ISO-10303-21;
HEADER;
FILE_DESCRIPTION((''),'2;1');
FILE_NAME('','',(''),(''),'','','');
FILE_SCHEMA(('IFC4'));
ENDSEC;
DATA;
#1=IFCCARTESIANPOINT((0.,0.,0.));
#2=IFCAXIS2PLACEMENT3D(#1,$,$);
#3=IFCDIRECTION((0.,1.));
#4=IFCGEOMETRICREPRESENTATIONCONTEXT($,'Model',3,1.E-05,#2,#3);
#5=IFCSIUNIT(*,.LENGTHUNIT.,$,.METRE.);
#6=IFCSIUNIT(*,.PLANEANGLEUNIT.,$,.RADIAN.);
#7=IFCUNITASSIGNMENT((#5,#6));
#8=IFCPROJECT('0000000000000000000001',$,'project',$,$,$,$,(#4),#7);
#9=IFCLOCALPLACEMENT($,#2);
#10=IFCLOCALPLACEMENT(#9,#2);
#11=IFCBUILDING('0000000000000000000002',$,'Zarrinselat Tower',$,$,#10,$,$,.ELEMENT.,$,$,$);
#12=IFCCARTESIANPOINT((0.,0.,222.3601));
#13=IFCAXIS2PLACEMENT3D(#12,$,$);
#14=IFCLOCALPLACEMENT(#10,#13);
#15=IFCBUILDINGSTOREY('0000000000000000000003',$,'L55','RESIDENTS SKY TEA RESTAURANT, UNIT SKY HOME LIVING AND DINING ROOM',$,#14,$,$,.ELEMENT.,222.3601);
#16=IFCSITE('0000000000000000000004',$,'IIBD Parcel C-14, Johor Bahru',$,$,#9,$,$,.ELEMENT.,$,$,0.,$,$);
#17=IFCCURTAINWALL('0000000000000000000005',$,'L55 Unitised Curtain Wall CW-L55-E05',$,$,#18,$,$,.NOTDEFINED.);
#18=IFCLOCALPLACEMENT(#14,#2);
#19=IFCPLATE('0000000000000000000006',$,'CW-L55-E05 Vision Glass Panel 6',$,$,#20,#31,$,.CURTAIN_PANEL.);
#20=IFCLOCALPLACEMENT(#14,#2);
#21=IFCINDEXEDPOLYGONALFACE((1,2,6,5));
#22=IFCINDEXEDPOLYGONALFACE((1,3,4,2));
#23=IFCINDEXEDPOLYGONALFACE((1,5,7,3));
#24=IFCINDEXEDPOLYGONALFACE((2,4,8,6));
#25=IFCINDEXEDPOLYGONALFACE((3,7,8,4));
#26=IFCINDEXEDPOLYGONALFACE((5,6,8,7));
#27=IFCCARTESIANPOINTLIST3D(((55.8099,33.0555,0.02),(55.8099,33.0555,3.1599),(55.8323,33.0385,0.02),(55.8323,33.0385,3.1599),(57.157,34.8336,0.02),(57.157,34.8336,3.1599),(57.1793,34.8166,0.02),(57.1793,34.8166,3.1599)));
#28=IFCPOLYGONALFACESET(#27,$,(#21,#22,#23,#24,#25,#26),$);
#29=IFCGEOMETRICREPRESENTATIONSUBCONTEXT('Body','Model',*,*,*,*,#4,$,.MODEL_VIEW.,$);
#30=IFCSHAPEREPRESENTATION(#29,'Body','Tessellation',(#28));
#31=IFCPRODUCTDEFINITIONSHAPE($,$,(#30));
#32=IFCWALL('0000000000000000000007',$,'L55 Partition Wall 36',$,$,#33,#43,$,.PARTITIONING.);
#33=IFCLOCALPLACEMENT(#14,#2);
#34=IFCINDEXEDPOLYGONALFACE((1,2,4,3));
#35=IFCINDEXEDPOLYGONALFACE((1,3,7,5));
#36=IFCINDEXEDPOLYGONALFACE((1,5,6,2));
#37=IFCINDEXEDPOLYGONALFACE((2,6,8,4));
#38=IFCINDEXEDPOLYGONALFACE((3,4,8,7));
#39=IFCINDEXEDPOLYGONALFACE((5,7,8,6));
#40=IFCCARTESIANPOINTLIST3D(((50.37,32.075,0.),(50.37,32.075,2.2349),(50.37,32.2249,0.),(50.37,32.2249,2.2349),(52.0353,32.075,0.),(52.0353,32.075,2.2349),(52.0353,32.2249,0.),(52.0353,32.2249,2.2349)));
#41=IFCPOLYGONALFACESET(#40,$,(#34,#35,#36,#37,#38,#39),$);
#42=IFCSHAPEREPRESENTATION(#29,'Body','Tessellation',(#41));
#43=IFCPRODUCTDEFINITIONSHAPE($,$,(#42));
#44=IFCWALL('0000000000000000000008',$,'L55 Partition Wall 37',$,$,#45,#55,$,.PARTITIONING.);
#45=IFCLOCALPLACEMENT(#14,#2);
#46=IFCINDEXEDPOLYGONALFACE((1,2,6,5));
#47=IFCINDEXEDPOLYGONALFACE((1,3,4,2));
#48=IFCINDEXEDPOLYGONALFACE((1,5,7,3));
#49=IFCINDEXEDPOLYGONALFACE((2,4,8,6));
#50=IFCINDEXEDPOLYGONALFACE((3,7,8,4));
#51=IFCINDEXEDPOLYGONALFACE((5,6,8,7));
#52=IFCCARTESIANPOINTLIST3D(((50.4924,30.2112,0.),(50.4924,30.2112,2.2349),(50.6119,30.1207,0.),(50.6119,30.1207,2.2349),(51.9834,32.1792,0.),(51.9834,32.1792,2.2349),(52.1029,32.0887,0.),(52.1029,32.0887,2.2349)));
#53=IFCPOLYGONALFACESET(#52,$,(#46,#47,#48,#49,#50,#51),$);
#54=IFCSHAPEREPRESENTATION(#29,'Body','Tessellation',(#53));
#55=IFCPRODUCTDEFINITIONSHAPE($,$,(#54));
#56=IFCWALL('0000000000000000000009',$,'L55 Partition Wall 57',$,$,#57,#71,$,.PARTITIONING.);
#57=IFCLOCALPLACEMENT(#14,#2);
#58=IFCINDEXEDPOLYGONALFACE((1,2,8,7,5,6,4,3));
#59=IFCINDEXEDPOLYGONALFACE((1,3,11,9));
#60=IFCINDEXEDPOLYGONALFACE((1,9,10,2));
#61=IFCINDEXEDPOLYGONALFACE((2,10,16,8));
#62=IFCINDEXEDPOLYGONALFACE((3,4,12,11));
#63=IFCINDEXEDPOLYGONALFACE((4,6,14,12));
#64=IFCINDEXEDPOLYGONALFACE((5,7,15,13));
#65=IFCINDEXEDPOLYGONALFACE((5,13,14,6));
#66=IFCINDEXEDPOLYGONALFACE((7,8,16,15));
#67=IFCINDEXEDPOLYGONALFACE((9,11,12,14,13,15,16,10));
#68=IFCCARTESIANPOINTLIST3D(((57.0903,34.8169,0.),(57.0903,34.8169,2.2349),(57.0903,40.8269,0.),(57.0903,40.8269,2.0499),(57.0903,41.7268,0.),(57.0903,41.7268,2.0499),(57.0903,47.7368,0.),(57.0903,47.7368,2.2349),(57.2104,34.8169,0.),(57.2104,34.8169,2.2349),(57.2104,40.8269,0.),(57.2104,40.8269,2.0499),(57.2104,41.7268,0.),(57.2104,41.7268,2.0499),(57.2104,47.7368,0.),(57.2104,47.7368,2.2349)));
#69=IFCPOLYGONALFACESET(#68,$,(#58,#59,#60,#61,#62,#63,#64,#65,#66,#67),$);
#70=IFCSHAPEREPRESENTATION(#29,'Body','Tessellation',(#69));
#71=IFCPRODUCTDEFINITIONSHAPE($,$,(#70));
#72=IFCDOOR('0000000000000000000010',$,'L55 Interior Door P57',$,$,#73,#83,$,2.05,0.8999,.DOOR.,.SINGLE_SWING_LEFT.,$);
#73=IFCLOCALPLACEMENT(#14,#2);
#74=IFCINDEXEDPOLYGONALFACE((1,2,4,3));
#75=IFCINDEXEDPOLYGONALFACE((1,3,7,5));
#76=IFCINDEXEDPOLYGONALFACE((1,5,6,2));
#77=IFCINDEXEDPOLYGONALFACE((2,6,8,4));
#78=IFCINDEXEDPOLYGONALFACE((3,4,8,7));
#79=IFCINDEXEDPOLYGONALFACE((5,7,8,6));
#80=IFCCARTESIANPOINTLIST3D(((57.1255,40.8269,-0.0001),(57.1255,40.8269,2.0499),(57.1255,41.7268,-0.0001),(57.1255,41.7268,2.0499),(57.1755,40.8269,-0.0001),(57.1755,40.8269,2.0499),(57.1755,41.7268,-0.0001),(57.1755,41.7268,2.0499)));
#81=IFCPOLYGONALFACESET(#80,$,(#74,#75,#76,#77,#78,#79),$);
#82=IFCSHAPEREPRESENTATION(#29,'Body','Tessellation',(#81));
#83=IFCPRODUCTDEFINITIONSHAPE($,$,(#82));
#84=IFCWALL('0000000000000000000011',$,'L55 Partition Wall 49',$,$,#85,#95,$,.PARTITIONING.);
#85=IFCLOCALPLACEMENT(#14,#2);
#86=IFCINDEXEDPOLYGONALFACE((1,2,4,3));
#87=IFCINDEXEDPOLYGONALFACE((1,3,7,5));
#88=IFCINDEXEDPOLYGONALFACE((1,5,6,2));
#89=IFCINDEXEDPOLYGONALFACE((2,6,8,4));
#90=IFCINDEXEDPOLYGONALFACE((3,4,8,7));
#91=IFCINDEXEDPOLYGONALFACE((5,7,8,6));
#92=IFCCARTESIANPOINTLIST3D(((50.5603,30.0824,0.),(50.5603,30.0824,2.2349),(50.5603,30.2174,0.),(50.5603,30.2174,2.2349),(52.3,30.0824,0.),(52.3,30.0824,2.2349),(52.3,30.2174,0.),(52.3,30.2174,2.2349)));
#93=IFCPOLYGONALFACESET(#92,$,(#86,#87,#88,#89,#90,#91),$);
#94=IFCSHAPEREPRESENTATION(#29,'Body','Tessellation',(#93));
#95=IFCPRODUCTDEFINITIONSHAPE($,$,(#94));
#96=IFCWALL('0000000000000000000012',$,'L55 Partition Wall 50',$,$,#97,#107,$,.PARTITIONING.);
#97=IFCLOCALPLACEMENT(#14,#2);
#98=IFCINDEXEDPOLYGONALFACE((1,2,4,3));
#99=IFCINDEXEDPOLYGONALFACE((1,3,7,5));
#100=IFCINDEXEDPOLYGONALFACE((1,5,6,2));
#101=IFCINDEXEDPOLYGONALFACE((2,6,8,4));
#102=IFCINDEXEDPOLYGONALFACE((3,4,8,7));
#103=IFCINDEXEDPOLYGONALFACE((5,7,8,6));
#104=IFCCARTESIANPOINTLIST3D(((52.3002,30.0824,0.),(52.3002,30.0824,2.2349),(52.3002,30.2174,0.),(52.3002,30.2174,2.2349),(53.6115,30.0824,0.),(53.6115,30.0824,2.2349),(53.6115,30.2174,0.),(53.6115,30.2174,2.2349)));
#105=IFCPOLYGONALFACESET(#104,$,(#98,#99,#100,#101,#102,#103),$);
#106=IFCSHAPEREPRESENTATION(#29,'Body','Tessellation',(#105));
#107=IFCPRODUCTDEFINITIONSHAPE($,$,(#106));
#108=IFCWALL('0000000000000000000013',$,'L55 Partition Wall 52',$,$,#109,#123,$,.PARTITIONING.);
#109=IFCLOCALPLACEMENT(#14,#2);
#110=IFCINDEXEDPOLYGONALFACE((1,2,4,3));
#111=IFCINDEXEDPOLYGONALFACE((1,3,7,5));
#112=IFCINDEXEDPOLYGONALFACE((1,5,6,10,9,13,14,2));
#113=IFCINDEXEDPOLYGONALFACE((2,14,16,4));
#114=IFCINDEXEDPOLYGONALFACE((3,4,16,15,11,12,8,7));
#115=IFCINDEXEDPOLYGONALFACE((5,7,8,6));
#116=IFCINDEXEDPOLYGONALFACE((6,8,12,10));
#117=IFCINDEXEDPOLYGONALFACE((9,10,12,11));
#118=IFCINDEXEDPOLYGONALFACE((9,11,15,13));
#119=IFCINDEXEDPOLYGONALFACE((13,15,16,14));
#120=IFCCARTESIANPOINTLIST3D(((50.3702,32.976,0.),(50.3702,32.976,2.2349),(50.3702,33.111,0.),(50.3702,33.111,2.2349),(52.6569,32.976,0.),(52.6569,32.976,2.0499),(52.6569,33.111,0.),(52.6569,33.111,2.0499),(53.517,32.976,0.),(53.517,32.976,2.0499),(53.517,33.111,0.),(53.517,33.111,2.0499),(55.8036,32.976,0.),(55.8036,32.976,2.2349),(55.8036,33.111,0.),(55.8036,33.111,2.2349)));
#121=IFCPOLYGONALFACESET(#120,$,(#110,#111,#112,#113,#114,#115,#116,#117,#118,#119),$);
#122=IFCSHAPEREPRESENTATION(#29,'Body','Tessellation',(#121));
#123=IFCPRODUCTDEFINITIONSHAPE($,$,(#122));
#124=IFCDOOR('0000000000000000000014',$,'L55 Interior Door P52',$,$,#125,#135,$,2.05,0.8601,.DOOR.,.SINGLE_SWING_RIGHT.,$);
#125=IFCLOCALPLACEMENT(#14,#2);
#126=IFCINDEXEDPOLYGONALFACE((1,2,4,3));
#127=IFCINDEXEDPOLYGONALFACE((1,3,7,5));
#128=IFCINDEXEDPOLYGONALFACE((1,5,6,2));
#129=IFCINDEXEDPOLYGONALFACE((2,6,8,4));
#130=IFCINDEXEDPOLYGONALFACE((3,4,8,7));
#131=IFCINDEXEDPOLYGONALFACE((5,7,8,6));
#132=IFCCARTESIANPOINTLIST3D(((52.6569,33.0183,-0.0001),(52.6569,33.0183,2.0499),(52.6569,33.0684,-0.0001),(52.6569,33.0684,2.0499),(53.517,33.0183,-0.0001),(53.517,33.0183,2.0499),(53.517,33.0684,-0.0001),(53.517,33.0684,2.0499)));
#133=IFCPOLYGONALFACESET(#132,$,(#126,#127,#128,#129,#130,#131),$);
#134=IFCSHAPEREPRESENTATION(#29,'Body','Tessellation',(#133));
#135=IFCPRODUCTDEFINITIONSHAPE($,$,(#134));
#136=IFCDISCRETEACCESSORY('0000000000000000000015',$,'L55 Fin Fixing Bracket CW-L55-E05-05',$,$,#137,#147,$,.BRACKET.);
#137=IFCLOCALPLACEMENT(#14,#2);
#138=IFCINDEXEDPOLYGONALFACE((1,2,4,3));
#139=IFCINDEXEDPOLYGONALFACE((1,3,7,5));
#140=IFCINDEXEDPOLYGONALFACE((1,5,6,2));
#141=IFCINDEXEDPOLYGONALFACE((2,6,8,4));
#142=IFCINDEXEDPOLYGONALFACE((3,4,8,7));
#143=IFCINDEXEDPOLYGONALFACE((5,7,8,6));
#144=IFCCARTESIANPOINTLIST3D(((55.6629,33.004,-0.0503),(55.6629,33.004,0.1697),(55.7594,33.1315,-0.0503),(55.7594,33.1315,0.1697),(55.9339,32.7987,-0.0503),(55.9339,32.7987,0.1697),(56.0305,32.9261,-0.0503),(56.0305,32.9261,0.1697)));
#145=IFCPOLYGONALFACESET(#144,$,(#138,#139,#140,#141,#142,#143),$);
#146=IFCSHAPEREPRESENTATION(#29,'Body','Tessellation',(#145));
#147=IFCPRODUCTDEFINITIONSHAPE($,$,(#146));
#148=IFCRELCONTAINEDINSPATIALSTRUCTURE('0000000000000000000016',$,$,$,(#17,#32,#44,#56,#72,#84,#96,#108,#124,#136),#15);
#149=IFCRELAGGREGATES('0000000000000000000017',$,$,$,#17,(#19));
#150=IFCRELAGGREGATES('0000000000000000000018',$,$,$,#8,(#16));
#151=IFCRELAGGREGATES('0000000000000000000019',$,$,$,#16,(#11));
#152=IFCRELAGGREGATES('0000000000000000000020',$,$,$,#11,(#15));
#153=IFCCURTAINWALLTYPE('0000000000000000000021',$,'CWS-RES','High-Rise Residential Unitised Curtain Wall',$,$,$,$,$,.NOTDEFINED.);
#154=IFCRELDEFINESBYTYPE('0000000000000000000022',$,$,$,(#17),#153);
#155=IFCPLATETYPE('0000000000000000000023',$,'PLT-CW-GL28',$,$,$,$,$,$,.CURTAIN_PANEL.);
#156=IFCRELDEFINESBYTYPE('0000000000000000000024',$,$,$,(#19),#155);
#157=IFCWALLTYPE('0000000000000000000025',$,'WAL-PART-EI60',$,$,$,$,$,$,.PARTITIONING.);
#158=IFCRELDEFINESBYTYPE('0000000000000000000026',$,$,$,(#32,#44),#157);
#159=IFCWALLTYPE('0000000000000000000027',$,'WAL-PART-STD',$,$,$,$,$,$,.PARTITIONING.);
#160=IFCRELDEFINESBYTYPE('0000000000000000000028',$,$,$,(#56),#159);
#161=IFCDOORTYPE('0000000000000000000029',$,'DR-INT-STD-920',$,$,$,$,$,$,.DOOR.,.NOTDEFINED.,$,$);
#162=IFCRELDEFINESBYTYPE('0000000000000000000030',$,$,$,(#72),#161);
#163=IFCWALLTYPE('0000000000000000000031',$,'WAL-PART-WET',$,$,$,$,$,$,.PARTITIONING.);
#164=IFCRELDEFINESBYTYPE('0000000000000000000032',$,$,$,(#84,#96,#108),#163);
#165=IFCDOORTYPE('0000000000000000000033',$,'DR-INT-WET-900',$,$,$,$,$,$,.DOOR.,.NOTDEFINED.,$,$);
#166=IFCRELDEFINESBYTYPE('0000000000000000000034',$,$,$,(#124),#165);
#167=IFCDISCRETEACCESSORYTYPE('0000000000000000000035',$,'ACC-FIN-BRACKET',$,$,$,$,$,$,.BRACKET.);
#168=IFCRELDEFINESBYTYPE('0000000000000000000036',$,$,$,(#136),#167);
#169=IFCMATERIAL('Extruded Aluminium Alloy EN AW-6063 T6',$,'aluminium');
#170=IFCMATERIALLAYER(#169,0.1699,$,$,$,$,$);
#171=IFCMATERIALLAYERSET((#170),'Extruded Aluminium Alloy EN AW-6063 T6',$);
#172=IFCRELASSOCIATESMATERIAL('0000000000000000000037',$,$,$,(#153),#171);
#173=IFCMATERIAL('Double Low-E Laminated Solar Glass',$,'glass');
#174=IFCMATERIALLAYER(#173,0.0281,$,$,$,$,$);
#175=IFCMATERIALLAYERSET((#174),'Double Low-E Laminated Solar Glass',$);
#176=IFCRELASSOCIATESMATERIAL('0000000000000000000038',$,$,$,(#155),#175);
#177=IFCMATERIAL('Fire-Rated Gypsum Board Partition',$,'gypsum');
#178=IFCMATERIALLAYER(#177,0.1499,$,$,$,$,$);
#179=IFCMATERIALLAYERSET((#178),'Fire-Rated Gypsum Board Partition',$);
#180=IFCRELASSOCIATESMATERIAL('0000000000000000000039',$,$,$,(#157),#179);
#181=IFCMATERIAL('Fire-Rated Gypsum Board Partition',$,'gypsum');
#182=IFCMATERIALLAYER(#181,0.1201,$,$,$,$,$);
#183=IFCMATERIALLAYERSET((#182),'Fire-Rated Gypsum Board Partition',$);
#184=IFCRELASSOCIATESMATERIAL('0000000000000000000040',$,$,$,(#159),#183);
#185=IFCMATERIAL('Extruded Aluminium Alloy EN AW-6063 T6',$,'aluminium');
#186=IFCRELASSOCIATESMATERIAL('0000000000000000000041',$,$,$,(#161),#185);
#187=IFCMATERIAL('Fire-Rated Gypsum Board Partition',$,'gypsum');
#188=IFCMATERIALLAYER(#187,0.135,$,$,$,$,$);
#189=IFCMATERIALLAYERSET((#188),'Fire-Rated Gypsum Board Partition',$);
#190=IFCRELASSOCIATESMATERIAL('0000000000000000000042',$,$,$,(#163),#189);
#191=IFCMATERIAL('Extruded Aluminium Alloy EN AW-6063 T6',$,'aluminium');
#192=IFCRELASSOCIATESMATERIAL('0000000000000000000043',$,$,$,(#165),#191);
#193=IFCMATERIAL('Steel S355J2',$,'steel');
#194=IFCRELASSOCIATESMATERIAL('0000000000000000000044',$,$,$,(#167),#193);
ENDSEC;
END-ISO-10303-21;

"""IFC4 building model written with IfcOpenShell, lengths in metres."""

from ifc_helpers import new_model, si_unit, direction, frame, frame_2d, origin, origin_2d, place, context, subcontext, project, spatial, rectangle, extrude, material, layer, layer_set, type_object, element, fill, aggregate, save


model = new_model("IFC4")

# Units and contexts
model_context = context("Model", 3, precision=1e-05, world=origin(), true_north=direction((0.0, 1.0)))
body_context = subcontext(model_context, "Body", "Model", "MODEL_VIEW")
ifc_project = project(units=[si_unit("LENGTHUNIT", "METRE"), si_unit("PLANEANGLEUNIT", "RADIAN")], contexts=[model_context])

# Site, building, storey
site_placement = place(None, origin())
site = spatial("IfcSite", under=ifc_project, at=site_placement, Name="IIBD Parcel C-14, Johor Bahru", CompositionType="ELEMENT", RefElevation=0.0)
building_placement = place(site_placement, origin())
building = spatial("IfcBuilding", under=site, at=building_placement, Name="Zarrinselat Tower", CompositionType="ELEMENT")
storey_placement = place(building_placement, frame((0.0, 0.0, 222.3601)))
storey = spatial("IfcBuildingStorey", under=building, at=storey_placement, Name="L55", Description="RESIDENTS SKY TEA RESTAURANT, UNIT SKY HOME LIVING AND DINING ROOM", CompositionType="ELEMENT", Elevation=222.3601)

# Curtain wall, plate
ifc_material_1 = material(Name="Extruded Aluminium Alloy EN AW-6063 T6", Category="aluminium")
ifc_layer_1 = layer(ifc_material_1, 0.1699)
ifc_layer_set_1 = layer_set([ifc_layer_1], Name="Extruded Aluminium Alloy EN AW-6063 T6")
curtain_wall_type = type_object("IfcCurtainWallType", Name="CWS-RES", Description="High-Rise Residential Unitised Curtain Wall", PredefinedType="NOTDEFINED", material=ifc_layer_set_1)
curtain_wall_placement = place(storey_placement, origin())
curtain_wall = element("IfcCurtainWall", 1, at=curtain_wall_placement, inside=storey, type_object=curtain_wall_type, Name="L55 Unitised Curtain Wall CW-L55-E05", PredefinedType="NOTDEFINED")
ifc_material_2 = material(Name="Double Low-E Laminated Solar Glass", Category="glass")
ifc_layer_2 = layer(ifc_material_2, 0.0281)
ifc_layer_set_2 = layer_set([ifc_layer_2], Name="Double Low-E Laminated Solar Glass")
plate_type = type_object("IfcPlateType", Name="PLT-CW-GL28", PredefinedType="CURTAIN_PANEL", material=ifc_layer_set_2)
plate_1_placement = place(storey_placement, frame((56.4946, 33.936, 0.02), z_axis=(0.0, 0.0, 1.0), x_axis=(0.603859, 0.797091, 0.0)))
plate_1 = element("IfcPlate", 2, at=plate_1_placement, type_object=plate_type, Name="CW-L55-E05 Vision Glass Panel 6", PredefinedType="CURTAIN_PANEL", context=body_context, shape_type="SweptSolid", body=[
    extrude(rectangle(XDim=2.2307, YDim=0.0281, at=origin_2d()), origin(), (0.0, 0.0, 1.0), 3.1399),
])
aggregate(curtain_wall, [plate_1])

# Walls
ifc_material_3 = material(Name="Fire-Rated Gypsum Board Partition", Category="gypsum")
ifc_layer_3 = layer(ifc_material_3, 0.1499)
ifc_layer_set_3 = layer_set([ifc_layer_3], Name="Fire-Rated Gypsum Board Partition")
wall_type_1 = type_object("IfcWallType", Name="WAL-PART-EI60", PredefinedType="PARTITIONING", material=ifc_layer_set_3)
wall_1_placement = place(storey_placement, frame((50.3701, 32.1499, 0.0), z_axis=(0.0, 0.0, 1.0), x_axis=(1.0, 0.0, 0.0)))
element("IfcWall", 3, at=wall_1_placement, inside=storey, type_object=wall_type_1, Name="L55 Partition Wall 36", PredefinedType="PARTITIONING", context=body_context, shape_type="SweptSolid", body=[
    extrude(rectangle(XDim=1.6653, YDim=0.1499, at=frame_2d((0.8325, 0.0))), origin(), (0.0, 0.0, 1.0), 2.2349),
])
wall_2_placement = place(storey_placement, frame((50.5522, 30.166, 0.0), z_axis=(0.0, 0.0, 1.0), x_axis=(0.603869, 0.797083, 0.0)))
element("IfcWall", 4, at=wall_2_placement, inside=storey, type_object=wall_type_1, Name="L55 Partition Wall 37", PredefinedType="PARTITIONING", context=body_context, shape_type="SweptSolid", body=[
    extrude(rectangle(XDim=2.469, YDim=0.1499, at=frame_2d((1.2344, 0.0))), origin(), (0.0, 0.0, 1.0), 2.2349),
])

# Wall, opening, door
ifc_material_4 = material(Name="Fire-Rated Gypsum Board Partition", Category="gypsum")
ifc_layer_4 = layer(ifc_material_4, 0.1201)
ifc_layer_set_4 = layer_set([ifc_layer_4], Name="Fire-Rated Gypsum Board Partition")
wall_type_2 = type_object("IfcWallType", Name="WAL-PART-STD", PredefinedType="PARTITIONING", material=ifc_layer_set_4)
wall_3_placement = place(storey_placement, frame((57.1504, 34.8169, 0.0), z_axis=(0.0, 0.0, 1.0), x_axis=(0.0, 1.0, 0.0)))
wall_3 = element("IfcWall", 5, at=wall_3_placement, inside=storey, type_object=wall_type_2, Name="L55 Partition Wall 57", PredefinedType="PARTITIONING", context=body_context, shape_type="SweptSolid", body=[
    extrude(rectangle(XDim=12.9199, YDim=0.1201, at=frame_2d((6.46, 0.0))), origin(), (0.0, 0.0, 1.0), 2.2349),
])
opening_1_placement = place(wall_3_placement, frame((6.01, 0.0, 0.0)))
opening_1 = element("IfcOpeningElement", 6, at=opening_1_placement, cuts=wall_3, PredefinedType="OPENING", context=body_context, shape_type="SweptSolid", body=[
    extrude(rectangle(XDim=0.8999, YDim=2.05, at=frame_2d((0.45, 1.0249))), frame((0.0, 0.0701, 0.0), z_axis=(0.0, -1.0, 0.0), x_axis=(1.0, 0.0, 0.0)), (0.0, 0.0, 1.0), 0.1401),
])
ifc_material_5 = material(Name="Extruded Aluminium Alloy EN AW-6063 T6", Category="aluminium")
door_type_1 = type_object("IfcDoorType", Name="DR-INT-STD-920", OperationType="NOTDEFINED", PredefinedType="DOOR", material=ifc_material_5)
door_1_placement = place(opening_1_placement, origin())
door_1 = element("IfcDoor", 7, at=door_1_placement, inside=storey, type_object=door_type_1, Name="L55 Interior Door P57", OperationType="SINGLE_SWING_LEFT", OverallHeight=2.05, OverallWidth=0.8999, PredefinedType="DOOR", context=body_context, shape_type="SweptSolid", body=[
    extrude(rectangle(XDim=0.8999, YDim=2.05, at=frame_2d((0.45, 1.0249))), frame((0.0, 0.0249, 0.0), z_axis=(0.0, -1.0, 0.0), x_axis=(1.0, 0.0, 0.0)), (0.0, 0.0, 1.0), 0.05),
])
fill(opening_1, door_1)

# Walls
ifc_material_6 = material(Name="Fire-Rated Gypsum Board Partition", Category="gypsum")
ifc_layer_5 = layer(ifc_material_6, 0.135)
ifc_layer_set_5 = layer_set([ifc_layer_5], Name="Fire-Rated Gypsum Board Partition")
wall_type_3 = type_object("IfcWallType", Name="WAL-PART-WET", PredefinedType="PARTITIONING", material=ifc_layer_set_5)
wall_4_placement = place(storey_placement, frame((50.5603, 30.1499, 0.0), z_axis=(0.0, 0.0, 1.0), x_axis=(1.0, 0.0, 0.0)))
element("IfcWall", 8, at=wall_4_placement, inside=storey, type_object=wall_type_3, Name="L55 Partition Wall 49", PredefinedType="PARTITIONING", context=body_context, shape_type="SweptSolid", body=[
    extrude(rectangle(XDim=1.7397, YDim=0.135, at=frame_2d((0.8699, 0.0))), origin(), (0.0, 0.0, 1.0), 2.2349),
])
wall_5_placement = place(storey_placement, frame((52.3, 30.1499, 0.0), z_axis=(0.0, 0.0, 1.0), x_axis=(1.0, 0.0, 0.0)))
element("IfcWall", 9, at=wall_5_placement, inside=storey, type_object=wall_type_3, Name="L55 Partition Wall 50", PredefinedType="PARTITIONING", context=body_context, shape_type="SweptSolid", body=[
    extrude(rectangle(XDim=1.3113, YDim=0.135, at=frame_2d((0.6558, 0.0))), origin(), (0.0, 0.0, 1.0), 2.2349),
])

# Wall, opening, door
wall_6_placement = place(storey_placement, frame((50.3701, 33.0435, 0.0), z_axis=(0.0, 0.0, 1.0), x_axis=(1.0, 0.0, 0.0)))
wall_6 = element("IfcWall", 10, at=wall_6_placement, inside=storey, type_object=wall_type_3, Name="L55 Partition Wall 52", PredefinedType="PARTITIONING", context=body_context, shape_type="SweptSolid", body=[
    extrude(rectangle(XDim=5.4333, YDim=0.135, at=frame_2d((2.7168, 0.0))), origin(), (0.0, 0.0, 1.0), 2.2349),
])
opening_2_placement = place(wall_6_placement, frame((2.2866, 0.0, 0.0)))
opening_2 = element("IfcOpeningElement", 11, at=opening_2_placement, cuts=wall_6, PredefinedType="OPENING", context=body_context, shape_type="SweptSolid", body=[
    extrude(rectangle(XDim=0.8601, YDim=2.05, at=frame_2d((0.4302, 1.0249))), frame((0.0, 0.0774, 0.0), z_axis=(0.0, -1.0, 0.0), x_axis=(1.0, 0.0, 0.0)), (0.0, 0.0, 1.0), 0.155),
])
ifc_material_7 = material(Name="Extruded Aluminium Alloy EN AW-6063 T6", Category="aluminium")
door_type_2 = type_object("IfcDoorType", Name="DR-INT-WET-900", OperationType="NOTDEFINED", PredefinedType="DOOR", material=ifc_material_7)
door_2_placement = place(opening_2_placement, origin())
door_2 = element("IfcDoor", 12, at=door_2_placement, inside=storey, type_object=door_type_2, Name="L55 Interior Door P52", OperationType="SINGLE_SWING_RIGHT", OverallHeight=2.05, OverallWidth=0.8601, PredefinedType="DOOR", context=body_context, shape_type="SweptSolid", body=[
    extrude(rectangle(XDim=0.8601, YDim=2.05, at=frame_2d((0.4302, 1.0249))), frame((0.0, 0.0249, 0.0), z_axis=(0.0, -1.0, 0.0), x_axis=(1.0, 0.0, 0.0)), (0.0, 0.0, 1.0), 0.05),
])
fill(opening_2, door_2)

# Discrete accessory
ifc_material_8 = material(Name="Steel S355J2", Category="steel")
discrete_accessory_type = type_object("IfcDiscreteAccessoryType", Name="ACC-FIN-BRACKET", PredefinedType="BRACKET", material=ifc_material_8)
discrete_accessory_placement = place(storey_placement, frame((55.8467, 32.9651, -0.0503), z_axis=(0.0, 0.0, 1.0), x_axis=(0.797091, -0.603859, 0.0)))
element("IfcDiscreteAccessory", 13, at=discrete_accessory_placement, inside=storey, type_object=discrete_accessory_type, Name="L55 Fin Fixing Bracket CW-L55-E05-05", PredefinedType="BRACKET", context=body_context, shape_type="SweptSolid", body=[
    extrude(rectangle(XDim=0.3401, YDim=0.1599, at=origin_2d()), origin(), (0.0, 0.0, 1.0), 0.22),
])

save(model, "model.ifc")
